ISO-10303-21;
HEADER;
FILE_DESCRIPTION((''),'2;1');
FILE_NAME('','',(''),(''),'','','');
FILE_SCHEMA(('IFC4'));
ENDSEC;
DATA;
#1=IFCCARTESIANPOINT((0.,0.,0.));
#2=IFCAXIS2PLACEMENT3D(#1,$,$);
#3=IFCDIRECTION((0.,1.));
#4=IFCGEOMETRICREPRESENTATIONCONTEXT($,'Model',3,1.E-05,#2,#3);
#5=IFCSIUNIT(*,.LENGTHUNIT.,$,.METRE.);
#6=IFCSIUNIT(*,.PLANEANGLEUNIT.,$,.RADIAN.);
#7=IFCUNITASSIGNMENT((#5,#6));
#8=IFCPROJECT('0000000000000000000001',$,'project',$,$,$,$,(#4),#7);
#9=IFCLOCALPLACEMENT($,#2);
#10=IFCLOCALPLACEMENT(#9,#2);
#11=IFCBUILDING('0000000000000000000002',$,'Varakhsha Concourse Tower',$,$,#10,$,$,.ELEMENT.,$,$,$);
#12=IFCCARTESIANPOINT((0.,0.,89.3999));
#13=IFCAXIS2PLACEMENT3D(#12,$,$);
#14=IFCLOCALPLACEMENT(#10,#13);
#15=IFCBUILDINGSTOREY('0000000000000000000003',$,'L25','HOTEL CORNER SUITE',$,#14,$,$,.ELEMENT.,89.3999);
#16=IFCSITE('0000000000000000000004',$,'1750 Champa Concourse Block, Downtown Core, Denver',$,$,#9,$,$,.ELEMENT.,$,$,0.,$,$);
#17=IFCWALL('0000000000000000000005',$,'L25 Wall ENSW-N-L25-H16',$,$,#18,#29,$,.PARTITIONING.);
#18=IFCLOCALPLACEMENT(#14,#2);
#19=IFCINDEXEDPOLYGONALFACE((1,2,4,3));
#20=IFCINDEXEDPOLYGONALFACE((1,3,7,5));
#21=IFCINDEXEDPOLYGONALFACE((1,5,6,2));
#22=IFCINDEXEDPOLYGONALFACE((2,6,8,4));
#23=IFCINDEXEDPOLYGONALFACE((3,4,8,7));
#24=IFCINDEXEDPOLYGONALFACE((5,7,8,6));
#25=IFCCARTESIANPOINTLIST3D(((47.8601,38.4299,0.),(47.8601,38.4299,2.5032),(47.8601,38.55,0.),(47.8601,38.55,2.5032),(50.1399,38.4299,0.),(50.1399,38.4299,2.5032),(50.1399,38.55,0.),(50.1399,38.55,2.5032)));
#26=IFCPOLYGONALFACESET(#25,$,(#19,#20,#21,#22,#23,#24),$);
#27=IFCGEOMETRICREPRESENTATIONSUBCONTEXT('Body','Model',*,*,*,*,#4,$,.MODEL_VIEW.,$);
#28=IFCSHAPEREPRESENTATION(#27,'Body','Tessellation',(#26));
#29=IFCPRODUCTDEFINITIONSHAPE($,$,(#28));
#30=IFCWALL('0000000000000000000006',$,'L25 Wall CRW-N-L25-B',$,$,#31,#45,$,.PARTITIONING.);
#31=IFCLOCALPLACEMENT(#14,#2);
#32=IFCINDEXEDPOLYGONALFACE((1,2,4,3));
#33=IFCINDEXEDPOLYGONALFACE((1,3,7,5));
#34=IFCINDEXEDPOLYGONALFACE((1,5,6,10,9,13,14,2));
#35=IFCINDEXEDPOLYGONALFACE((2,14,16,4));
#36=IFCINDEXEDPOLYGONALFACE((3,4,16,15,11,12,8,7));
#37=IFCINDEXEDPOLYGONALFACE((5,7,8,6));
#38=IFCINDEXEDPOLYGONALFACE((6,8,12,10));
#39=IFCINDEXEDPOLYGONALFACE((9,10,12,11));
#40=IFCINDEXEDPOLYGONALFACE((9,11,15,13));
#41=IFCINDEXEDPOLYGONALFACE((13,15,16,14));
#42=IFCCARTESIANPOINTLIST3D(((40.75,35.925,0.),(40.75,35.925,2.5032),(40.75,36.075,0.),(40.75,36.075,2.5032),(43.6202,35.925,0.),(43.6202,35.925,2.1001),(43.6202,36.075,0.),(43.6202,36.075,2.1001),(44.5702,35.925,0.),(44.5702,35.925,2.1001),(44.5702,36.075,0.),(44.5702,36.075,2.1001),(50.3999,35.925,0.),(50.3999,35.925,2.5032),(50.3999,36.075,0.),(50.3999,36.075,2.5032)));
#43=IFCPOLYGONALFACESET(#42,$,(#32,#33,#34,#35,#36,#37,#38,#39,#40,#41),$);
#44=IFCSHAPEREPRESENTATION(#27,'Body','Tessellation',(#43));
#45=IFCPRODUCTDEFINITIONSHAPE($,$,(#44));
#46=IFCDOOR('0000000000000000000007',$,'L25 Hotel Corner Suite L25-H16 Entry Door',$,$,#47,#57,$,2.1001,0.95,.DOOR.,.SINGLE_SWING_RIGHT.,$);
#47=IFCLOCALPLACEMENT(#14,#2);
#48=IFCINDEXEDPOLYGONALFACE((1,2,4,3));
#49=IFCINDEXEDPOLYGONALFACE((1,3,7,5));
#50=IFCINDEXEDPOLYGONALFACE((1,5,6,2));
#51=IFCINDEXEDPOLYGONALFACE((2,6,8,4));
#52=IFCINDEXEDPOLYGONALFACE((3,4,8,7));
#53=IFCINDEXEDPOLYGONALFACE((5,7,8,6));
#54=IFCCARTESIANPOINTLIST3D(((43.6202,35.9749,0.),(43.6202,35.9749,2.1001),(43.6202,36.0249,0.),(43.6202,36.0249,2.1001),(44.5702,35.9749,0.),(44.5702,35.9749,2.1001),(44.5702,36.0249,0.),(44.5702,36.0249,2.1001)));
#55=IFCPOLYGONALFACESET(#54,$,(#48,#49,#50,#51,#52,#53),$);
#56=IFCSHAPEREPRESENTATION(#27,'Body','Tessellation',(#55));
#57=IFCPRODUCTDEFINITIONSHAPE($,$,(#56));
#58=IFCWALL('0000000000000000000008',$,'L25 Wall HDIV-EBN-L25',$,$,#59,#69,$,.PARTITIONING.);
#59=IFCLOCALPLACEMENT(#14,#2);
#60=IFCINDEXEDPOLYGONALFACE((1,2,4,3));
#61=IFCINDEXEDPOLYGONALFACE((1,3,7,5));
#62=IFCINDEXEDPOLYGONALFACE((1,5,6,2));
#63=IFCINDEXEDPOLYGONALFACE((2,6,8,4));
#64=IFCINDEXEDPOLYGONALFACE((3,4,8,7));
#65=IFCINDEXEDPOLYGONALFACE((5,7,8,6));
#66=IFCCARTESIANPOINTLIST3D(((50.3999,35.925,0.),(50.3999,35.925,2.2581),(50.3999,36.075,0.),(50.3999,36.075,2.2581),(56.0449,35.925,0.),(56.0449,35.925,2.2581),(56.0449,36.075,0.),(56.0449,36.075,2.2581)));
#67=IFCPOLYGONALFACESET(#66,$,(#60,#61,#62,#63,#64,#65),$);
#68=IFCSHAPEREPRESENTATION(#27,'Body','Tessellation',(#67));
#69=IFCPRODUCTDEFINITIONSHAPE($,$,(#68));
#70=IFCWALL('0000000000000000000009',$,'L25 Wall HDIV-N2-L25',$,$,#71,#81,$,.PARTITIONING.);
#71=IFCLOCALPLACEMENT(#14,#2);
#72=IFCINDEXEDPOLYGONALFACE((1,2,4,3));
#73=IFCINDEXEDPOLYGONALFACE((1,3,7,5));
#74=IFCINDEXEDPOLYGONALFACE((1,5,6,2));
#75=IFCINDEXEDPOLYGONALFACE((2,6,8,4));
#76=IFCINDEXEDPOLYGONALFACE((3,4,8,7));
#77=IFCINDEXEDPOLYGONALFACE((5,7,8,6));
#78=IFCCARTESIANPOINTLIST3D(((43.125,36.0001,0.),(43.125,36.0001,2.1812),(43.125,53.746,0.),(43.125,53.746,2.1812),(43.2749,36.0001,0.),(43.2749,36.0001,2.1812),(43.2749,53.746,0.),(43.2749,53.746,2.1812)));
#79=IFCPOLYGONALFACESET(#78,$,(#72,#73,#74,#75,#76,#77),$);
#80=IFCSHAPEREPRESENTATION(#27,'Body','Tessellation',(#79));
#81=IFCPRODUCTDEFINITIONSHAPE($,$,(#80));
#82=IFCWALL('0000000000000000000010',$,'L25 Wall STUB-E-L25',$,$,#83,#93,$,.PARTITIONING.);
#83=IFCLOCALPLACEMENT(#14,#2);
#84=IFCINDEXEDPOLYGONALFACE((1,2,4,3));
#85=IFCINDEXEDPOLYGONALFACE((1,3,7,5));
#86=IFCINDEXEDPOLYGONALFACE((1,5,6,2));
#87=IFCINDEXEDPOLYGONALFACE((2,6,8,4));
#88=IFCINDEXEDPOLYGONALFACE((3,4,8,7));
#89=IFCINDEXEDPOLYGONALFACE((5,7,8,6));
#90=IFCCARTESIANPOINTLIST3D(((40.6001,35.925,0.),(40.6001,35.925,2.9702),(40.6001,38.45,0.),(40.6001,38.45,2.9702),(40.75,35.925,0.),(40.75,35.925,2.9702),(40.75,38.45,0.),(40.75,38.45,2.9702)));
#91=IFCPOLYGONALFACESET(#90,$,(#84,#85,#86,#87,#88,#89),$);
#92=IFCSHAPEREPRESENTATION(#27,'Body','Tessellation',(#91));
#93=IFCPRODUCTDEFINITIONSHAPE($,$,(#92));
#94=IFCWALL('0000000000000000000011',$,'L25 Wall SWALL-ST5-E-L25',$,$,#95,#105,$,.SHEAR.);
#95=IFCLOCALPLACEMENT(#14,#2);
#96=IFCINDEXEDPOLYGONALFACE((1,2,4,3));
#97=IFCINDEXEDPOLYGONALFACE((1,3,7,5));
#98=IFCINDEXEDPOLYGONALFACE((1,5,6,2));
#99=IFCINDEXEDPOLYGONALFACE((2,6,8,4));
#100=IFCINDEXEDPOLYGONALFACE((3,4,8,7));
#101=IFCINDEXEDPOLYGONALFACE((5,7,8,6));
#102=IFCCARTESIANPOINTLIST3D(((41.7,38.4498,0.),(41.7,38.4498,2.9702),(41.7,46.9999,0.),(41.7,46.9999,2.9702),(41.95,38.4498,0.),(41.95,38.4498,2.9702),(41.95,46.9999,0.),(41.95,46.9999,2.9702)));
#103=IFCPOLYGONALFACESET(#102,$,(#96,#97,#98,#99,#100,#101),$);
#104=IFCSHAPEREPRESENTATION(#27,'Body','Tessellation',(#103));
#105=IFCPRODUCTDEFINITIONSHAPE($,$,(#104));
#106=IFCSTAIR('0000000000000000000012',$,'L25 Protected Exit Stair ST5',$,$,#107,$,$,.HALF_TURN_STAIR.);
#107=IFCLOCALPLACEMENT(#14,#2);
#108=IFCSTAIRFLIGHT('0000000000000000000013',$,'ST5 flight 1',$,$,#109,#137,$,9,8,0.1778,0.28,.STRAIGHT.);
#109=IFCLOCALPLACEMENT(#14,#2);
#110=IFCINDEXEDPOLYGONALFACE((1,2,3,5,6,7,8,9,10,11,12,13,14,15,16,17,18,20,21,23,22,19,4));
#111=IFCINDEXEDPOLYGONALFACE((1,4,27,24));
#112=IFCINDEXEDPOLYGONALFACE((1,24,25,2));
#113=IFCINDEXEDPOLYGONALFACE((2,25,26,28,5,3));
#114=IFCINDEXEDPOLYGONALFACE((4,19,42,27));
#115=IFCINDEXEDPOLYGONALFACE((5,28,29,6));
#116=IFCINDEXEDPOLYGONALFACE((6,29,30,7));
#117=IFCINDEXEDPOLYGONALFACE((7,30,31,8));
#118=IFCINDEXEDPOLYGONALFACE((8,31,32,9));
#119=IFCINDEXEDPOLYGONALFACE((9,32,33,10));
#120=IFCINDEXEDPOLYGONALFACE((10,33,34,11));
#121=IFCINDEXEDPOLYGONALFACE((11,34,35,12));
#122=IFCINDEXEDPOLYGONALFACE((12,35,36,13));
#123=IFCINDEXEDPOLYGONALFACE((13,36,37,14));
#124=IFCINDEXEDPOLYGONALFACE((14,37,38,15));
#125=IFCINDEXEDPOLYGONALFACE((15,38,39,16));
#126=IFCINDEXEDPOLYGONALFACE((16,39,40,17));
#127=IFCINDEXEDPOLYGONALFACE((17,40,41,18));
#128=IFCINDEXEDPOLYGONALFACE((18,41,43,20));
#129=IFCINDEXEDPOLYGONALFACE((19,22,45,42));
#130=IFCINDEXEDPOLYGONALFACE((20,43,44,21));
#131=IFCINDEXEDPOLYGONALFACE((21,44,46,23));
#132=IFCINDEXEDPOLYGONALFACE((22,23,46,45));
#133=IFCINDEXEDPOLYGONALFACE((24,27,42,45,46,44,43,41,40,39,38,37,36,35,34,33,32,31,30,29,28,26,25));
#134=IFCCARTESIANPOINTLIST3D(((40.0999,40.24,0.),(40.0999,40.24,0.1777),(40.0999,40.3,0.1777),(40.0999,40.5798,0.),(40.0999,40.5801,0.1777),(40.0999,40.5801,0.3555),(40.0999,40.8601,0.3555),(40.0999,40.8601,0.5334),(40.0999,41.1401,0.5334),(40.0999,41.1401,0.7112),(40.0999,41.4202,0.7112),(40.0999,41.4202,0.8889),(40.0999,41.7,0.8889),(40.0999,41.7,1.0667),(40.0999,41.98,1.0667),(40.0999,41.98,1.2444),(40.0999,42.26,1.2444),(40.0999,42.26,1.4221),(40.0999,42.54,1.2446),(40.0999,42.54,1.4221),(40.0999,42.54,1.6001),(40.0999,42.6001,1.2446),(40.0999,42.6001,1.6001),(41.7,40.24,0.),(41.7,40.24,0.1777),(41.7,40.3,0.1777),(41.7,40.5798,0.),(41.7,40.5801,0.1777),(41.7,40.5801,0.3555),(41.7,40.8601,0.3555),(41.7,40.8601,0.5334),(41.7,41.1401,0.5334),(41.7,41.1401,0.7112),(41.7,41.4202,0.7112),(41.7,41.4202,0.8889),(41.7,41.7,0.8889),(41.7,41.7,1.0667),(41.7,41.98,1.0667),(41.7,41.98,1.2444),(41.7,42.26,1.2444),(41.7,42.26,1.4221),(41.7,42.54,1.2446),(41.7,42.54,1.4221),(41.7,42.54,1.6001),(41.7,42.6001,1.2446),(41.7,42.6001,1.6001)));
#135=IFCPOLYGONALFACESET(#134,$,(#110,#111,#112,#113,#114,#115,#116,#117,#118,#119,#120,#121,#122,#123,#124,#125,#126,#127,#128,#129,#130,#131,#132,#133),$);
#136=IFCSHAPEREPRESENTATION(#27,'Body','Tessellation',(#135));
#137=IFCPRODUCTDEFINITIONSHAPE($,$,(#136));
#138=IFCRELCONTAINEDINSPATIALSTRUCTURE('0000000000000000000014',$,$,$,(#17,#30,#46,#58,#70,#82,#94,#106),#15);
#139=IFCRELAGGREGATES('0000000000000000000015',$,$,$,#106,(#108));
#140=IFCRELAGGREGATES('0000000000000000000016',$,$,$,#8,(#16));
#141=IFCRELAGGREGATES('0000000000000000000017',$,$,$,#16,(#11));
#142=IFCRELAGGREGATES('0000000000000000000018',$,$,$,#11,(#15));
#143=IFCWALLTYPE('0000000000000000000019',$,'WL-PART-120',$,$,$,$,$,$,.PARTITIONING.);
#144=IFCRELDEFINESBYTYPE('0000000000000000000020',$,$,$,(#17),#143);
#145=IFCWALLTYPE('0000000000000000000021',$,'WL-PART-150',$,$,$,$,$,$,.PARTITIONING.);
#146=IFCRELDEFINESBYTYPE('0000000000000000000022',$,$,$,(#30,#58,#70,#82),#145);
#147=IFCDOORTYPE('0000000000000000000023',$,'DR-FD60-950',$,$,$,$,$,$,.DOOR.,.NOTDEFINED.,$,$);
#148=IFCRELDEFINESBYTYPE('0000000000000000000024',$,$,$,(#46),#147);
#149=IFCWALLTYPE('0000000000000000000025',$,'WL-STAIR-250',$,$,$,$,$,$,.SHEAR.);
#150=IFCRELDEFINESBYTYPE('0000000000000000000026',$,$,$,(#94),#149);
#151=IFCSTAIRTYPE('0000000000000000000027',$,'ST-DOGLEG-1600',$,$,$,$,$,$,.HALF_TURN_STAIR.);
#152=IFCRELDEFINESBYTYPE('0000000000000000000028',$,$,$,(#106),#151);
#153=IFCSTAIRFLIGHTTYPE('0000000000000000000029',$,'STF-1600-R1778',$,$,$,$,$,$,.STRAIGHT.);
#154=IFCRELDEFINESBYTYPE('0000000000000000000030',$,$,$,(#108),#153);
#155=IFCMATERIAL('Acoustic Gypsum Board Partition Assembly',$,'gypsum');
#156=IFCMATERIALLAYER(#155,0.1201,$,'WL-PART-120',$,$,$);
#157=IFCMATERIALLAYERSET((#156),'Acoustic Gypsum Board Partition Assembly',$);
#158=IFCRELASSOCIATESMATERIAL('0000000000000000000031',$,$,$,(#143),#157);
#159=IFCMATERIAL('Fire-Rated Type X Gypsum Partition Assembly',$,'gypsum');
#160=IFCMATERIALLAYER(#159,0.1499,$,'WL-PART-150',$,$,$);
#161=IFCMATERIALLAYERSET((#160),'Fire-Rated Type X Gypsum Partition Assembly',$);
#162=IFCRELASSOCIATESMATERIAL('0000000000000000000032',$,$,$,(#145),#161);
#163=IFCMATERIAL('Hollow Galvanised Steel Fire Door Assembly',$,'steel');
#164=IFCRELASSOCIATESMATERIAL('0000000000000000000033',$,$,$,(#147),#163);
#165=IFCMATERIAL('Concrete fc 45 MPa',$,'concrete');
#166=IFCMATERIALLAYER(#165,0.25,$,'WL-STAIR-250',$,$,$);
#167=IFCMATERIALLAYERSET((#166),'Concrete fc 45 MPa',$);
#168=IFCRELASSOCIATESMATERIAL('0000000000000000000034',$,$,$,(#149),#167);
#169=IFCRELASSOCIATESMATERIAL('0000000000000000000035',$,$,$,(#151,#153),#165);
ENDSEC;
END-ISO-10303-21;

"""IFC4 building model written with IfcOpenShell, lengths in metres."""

from ifc_helpers import new_model, si_unit, direction, frame, frame_2d, origin, place, context, subcontext, project, spatial, polyline, rectangle, outline, extrude, material, layer, layer_set, type_object, element, fill, aggregate, save


model = new_model("IFC4")

# Units and contexts
model_context = context("Model", 3, precision=1e-05, world=origin(), true_north=direction((0.0, 1.0)))
body_context = subcontext(model_context, "Body", "Model", "MODEL_VIEW")
ifc_project = project(units=[si_unit("LENGTHUNIT", "METRE"), si_unit("PLANEANGLEUNIT", "RADIAN")], contexts=[model_context])

# Site, building, storey
site_placement = place(None, origin())
site = spatial("IfcSite", under=ifc_project, at=site_placement, Name="1750 Champa Concourse Block, Downtown Core, Denver", CompositionType="ELEMENT", RefElevation=0.0)
building_placement = place(site_placement, origin())
building = spatial("IfcBuilding", under=site, at=building_placement, Name="Varakhsha Concourse Tower", CompositionType="ELEMENT")
storey_placement = place(building_placement, frame((0.0, 0.0, 89.3999)))
storey = spatial("IfcBuildingStorey", under=building, at=storey_placement, Name="L25", Description="HOTEL CORNER SUITE", CompositionType="ELEMENT", Elevation=89.3999)

# Shared definitions
ifc_material_1 = material(Name="Acoustic Gypsum Board Partition Assembly", Category="gypsum")
ifc_layer_1 = layer(ifc_material_1, 0.1201, Name="WL-PART-120")
ifc_layer_set_1 = layer_set([ifc_layer_1], Name="Acoustic Gypsum Board Partition Assembly")
wall_type_1 = type_object("IfcWallType", Name="WL-PART-120", PredefinedType="PARTITIONING", material=ifc_layer_set_1)

# Wall
wall_1_placement = place(storey_placement, frame((47.8601, 38.49, 0.0), z_axis=(0.0, 0.0, 1.0), x_axis=(1.0, 0.0, 0.0)))
element("IfcWall", 1, at=wall_1_placement, inside=storey, type_object=wall_type_1, Name="L25 Wall ENSW-N-L25-H16", PredefinedType="PARTITIONING", context=body_context, shape_type="SweptSolid", body=[
    extrude(rectangle(XDim=2.2798, YDim=0.1201, at=frame_2d((1.1399, 0.0))), origin(), (0.0, 0.0, 1.0), 2.5032),
])

# Wall, opening, door
ifc_material_2 = material(Name="Fire-Rated Type X Gypsum Partition Assembly", Category="gypsum")
ifc_layer_2 = layer(ifc_material_2, 0.1499, Name="WL-PART-150")
ifc_layer_set_2 = layer_set([ifc_layer_2], Name="Fire-Rated Type X Gypsum Partition Assembly")
wall_type_2 = type_object("IfcWallType", Name="WL-PART-150", PredefinedType="PARTITIONING", material=ifc_layer_set_2)
wall_2_placement = place(storey_placement, frame((40.75, 36.0, 0.0), z_axis=(0.0, 0.0, 1.0), x_axis=(1.0, 0.0, 0.0)))
wall_2 = element("IfcWall", 2, at=wall_2_placement, inside=storey, type_object=wall_type_2, Name="L25 Wall CRW-N-L25-B", PredefinedType="PARTITIONING", context=body_context, shape_type="SweptSolid", body=[
    extrude(rectangle(XDim=9.6499, YDim=0.1499, at=frame_2d((4.825, 0.0))), origin(), (0.0, 0.0, 1.0), 2.5032),
])
opening_1_placement = place(wall_2_placement, frame((2.8701, 0.0, 0.0)))
opening_1 = element("IfcOpeningElement", 3, at=opening_1_placement, cuts=wall_2, PredefinedType="OPENING", context=body_context, shape_type="SweptSolid", body=[
    extrude(rectangle(XDim=0.95, YDim=2.1001, at=frame_2d((0.4751, 1.05))), frame((0.0, 0.085, 0.0), z_axis=(0.0, -1.0, 0.0), x_axis=(1.0, 0.0, 0.0)), (0.0, 0.0, 1.0), 0.1699),
])
ifc_material_3 = material(Name="Hollow Galvanised Steel Fire Door Assembly", Category="steel")
door_type_1 = type_object("IfcDoorType", Name="DR-FD60-950", OperationType="NOTDEFINED", PredefinedType="DOOR", material=ifc_material_3)
door_1_placement = place(opening_1_placement, origin())
door_1 = element("IfcDoor", 4, at=door_1_placement, inside=storey, type_object=door_type_1, Name="L25 Hotel Corner Suite L25-H16 Entry Door", OperationType="SINGLE_SWING_RIGHT", OverallHeight=2.1001, OverallWidth=0.95, PredefinedType="DOOR", context=body_context, shape_type="SweptSolid", body=[
    extrude(rectangle(XDim=0.95, YDim=2.1001, at=frame_2d((0.4751, 1.05))), frame((0.0, 0.0249, 0.0), z_axis=(0.0, -1.0, 0.0), x_axis=(1.0, 0.0, 0.0)), (0.0, 0.0, 1.0), 0.05),
])
fill(opening_1, door_1)

# Walls
wall_3_placement = place(storey_placement, frame((50.3999, 36.0, 0.0), z_axis=(0.0, 0.0, 1.0), x_axis=(1.0, 0.0, 0.0)))
element("IfcWall", 5, at=wall_3_placement, inside=storey, type_object=wall_type_2, Name="L25 Wall HDIV-EBN-L25", PredefinedType="PARTITIONING", context=body_context, shape_type="SweptSolid", body=[
    extrude(rectangle(XDim=5.645, YDim=0.1499, at=frame_2d((2.8225, 0.0))), origin(), (0.0, 0.0, 1.0), 2.2581),
])
wall_4_placement = place(storey_placement, frame((43.2, 36.0, 0.0), z_axis=(0.0, 0.0, 1.0), x_axis=(0.0, 1.0, 0.0)))
element("IfcWall", 6, at=wall_4_placement, inside=storey, type_object=wall_type_2, Name="L25 Wall HDIV-N2-L25", PredefinedType="PARTITIONING", context=body_context, shape_type="SweptSolid", body=[
    extrude(rectangle(XDim=17.7458, YDim=0.1499, at=frame_2d((8.873, 0.0))), origin(), (0.0, 0.0, 1.0), 2.1812),
])
wall_5_placement = place(storey_placement, frame((40.675, 35.925, 0.0), z_axis=(0.0, 0.0, 1.0), x_axis=(0.0, 1.0, 0.0)))
element("IfcWall", 7, at=wall_5_placement, inside=storey, type_object=wall_type_2, Name="L25 Wall STUB-E-L25", PredefinedType="PARTITIONING", context=body_context, shape_type="SweptSolid", body=[
    extrude(rectangle(XDim=2.5249, YDim=0.1499, at=frame_2d((1.2625, 0.0))), origin(), (0.0, 0.0, 1.0), 2.9702),
])
ifc_material_4 = material(Name="Concrete fc 45 MPa", Category="concrete")
ifc_layer_3 = layer(ifc_material_4, 0.25, Name="WL-STAIR-250")
ifc_layer_set_3 = layer_set([ifc_layer_3], Name="Concrete fc 45 MPa")
wall_type_3 = type_object("IfcWallType", Name="WL-STAIR-250", PredefinedType="SHEAR", material=ifc_layer_set_3)
wall_6_placement = place(storey_placement, frame((41.825, 38.45, 0.0), z_axis=(0.0, 0.0, 1.0), x_axis=(0.0, 1.0, 0.0)))
element("IfcWall", 8, at=wall_6_placement, inside=storey, type_object=wall_type_3, Name="L25 Wall SWALL-ST5-E-L25", PredefinedType="SHEAR", context=body_context, shape_type="SweptSolid", body=[
    extrude(rectangle(XDim=8.55, YDim=0.25, at=frame_2d((4.2749, 0.0))), origin(), (0.0, 0.0, 1.0), 2.9702),
])

# Stair, stair flight
stair_type = type_object("IfcStairType", Name="ST-DOGLEG-1600", PredefinedType="HALF_TURN_STAIR", material=ifc_material_4)
stair_placement = place(storey_placement, origin())
stair = element("IfcStair", 9, at=stair_placement, inside=storey, type_object=stair_type, Name="L25 Protected Exit Stair ST5", PredefinedType="HALF_TURN_STAIR")
stair_flight_type = type_object("IfcStairFlightType", Name="STF-1600-R1778", PredefinedType="STRAIGHT", material=ifc_material_4)
stair_flight_placement = place(storey_placement, frame((40.8999, 40.3, 0.0), z_axis=(0.0, 0.0, 1.0), x_axis=(0.0, 1.0, 0.0)))
stair_flight = element("IfcStairFlight", 10, at=stair_flight_placement, type_object=stair_flight_type, Name="ST5 flight 1", NumberOfRisers=9, NumberOfTreads=8, PredefinedType="STRAIGHT", RiserHeight=0.1778, TreadLength=0.28, context=body_context, shape_type="SweptSolid", body=[
    extrude(outline(polyline([(-0.0601, 0.0), (-0.0601, 0.1777), (0.0, 0.1777), (0.28, 0.1777), (0.28, 0.3555), (0.5601, 0.3555), (0.5601, 0.5334), (0.8401, 0.5334), (0.8401, 0.7112), (1.1201, 0.7112), (1.1201, 0.8889), (1.3999, 0.8889), (1.3999, 1.0667), (1.6799, 1.0667), (1.6799, 1.2444), (1.96, 1.2444), (1.96, 1.4221), (2.24, 1.4221), (2.24, 1.6001), (2.3, 1.6001), (2.3, 1.2446), (2.24, 1.2446), (0.2798, 0.0), (-0.0601, 0.0)])), frame((0.0, 0.8, 0.0), z_axis=(0.0, -1.0, 0.0), x_axis=(1.0, 0.0, 0.0)), (0.0, 0.0, 1.0), 1.6001),
])
aggregate(stair, [stair_flight])

save(model, "model.ifc")
